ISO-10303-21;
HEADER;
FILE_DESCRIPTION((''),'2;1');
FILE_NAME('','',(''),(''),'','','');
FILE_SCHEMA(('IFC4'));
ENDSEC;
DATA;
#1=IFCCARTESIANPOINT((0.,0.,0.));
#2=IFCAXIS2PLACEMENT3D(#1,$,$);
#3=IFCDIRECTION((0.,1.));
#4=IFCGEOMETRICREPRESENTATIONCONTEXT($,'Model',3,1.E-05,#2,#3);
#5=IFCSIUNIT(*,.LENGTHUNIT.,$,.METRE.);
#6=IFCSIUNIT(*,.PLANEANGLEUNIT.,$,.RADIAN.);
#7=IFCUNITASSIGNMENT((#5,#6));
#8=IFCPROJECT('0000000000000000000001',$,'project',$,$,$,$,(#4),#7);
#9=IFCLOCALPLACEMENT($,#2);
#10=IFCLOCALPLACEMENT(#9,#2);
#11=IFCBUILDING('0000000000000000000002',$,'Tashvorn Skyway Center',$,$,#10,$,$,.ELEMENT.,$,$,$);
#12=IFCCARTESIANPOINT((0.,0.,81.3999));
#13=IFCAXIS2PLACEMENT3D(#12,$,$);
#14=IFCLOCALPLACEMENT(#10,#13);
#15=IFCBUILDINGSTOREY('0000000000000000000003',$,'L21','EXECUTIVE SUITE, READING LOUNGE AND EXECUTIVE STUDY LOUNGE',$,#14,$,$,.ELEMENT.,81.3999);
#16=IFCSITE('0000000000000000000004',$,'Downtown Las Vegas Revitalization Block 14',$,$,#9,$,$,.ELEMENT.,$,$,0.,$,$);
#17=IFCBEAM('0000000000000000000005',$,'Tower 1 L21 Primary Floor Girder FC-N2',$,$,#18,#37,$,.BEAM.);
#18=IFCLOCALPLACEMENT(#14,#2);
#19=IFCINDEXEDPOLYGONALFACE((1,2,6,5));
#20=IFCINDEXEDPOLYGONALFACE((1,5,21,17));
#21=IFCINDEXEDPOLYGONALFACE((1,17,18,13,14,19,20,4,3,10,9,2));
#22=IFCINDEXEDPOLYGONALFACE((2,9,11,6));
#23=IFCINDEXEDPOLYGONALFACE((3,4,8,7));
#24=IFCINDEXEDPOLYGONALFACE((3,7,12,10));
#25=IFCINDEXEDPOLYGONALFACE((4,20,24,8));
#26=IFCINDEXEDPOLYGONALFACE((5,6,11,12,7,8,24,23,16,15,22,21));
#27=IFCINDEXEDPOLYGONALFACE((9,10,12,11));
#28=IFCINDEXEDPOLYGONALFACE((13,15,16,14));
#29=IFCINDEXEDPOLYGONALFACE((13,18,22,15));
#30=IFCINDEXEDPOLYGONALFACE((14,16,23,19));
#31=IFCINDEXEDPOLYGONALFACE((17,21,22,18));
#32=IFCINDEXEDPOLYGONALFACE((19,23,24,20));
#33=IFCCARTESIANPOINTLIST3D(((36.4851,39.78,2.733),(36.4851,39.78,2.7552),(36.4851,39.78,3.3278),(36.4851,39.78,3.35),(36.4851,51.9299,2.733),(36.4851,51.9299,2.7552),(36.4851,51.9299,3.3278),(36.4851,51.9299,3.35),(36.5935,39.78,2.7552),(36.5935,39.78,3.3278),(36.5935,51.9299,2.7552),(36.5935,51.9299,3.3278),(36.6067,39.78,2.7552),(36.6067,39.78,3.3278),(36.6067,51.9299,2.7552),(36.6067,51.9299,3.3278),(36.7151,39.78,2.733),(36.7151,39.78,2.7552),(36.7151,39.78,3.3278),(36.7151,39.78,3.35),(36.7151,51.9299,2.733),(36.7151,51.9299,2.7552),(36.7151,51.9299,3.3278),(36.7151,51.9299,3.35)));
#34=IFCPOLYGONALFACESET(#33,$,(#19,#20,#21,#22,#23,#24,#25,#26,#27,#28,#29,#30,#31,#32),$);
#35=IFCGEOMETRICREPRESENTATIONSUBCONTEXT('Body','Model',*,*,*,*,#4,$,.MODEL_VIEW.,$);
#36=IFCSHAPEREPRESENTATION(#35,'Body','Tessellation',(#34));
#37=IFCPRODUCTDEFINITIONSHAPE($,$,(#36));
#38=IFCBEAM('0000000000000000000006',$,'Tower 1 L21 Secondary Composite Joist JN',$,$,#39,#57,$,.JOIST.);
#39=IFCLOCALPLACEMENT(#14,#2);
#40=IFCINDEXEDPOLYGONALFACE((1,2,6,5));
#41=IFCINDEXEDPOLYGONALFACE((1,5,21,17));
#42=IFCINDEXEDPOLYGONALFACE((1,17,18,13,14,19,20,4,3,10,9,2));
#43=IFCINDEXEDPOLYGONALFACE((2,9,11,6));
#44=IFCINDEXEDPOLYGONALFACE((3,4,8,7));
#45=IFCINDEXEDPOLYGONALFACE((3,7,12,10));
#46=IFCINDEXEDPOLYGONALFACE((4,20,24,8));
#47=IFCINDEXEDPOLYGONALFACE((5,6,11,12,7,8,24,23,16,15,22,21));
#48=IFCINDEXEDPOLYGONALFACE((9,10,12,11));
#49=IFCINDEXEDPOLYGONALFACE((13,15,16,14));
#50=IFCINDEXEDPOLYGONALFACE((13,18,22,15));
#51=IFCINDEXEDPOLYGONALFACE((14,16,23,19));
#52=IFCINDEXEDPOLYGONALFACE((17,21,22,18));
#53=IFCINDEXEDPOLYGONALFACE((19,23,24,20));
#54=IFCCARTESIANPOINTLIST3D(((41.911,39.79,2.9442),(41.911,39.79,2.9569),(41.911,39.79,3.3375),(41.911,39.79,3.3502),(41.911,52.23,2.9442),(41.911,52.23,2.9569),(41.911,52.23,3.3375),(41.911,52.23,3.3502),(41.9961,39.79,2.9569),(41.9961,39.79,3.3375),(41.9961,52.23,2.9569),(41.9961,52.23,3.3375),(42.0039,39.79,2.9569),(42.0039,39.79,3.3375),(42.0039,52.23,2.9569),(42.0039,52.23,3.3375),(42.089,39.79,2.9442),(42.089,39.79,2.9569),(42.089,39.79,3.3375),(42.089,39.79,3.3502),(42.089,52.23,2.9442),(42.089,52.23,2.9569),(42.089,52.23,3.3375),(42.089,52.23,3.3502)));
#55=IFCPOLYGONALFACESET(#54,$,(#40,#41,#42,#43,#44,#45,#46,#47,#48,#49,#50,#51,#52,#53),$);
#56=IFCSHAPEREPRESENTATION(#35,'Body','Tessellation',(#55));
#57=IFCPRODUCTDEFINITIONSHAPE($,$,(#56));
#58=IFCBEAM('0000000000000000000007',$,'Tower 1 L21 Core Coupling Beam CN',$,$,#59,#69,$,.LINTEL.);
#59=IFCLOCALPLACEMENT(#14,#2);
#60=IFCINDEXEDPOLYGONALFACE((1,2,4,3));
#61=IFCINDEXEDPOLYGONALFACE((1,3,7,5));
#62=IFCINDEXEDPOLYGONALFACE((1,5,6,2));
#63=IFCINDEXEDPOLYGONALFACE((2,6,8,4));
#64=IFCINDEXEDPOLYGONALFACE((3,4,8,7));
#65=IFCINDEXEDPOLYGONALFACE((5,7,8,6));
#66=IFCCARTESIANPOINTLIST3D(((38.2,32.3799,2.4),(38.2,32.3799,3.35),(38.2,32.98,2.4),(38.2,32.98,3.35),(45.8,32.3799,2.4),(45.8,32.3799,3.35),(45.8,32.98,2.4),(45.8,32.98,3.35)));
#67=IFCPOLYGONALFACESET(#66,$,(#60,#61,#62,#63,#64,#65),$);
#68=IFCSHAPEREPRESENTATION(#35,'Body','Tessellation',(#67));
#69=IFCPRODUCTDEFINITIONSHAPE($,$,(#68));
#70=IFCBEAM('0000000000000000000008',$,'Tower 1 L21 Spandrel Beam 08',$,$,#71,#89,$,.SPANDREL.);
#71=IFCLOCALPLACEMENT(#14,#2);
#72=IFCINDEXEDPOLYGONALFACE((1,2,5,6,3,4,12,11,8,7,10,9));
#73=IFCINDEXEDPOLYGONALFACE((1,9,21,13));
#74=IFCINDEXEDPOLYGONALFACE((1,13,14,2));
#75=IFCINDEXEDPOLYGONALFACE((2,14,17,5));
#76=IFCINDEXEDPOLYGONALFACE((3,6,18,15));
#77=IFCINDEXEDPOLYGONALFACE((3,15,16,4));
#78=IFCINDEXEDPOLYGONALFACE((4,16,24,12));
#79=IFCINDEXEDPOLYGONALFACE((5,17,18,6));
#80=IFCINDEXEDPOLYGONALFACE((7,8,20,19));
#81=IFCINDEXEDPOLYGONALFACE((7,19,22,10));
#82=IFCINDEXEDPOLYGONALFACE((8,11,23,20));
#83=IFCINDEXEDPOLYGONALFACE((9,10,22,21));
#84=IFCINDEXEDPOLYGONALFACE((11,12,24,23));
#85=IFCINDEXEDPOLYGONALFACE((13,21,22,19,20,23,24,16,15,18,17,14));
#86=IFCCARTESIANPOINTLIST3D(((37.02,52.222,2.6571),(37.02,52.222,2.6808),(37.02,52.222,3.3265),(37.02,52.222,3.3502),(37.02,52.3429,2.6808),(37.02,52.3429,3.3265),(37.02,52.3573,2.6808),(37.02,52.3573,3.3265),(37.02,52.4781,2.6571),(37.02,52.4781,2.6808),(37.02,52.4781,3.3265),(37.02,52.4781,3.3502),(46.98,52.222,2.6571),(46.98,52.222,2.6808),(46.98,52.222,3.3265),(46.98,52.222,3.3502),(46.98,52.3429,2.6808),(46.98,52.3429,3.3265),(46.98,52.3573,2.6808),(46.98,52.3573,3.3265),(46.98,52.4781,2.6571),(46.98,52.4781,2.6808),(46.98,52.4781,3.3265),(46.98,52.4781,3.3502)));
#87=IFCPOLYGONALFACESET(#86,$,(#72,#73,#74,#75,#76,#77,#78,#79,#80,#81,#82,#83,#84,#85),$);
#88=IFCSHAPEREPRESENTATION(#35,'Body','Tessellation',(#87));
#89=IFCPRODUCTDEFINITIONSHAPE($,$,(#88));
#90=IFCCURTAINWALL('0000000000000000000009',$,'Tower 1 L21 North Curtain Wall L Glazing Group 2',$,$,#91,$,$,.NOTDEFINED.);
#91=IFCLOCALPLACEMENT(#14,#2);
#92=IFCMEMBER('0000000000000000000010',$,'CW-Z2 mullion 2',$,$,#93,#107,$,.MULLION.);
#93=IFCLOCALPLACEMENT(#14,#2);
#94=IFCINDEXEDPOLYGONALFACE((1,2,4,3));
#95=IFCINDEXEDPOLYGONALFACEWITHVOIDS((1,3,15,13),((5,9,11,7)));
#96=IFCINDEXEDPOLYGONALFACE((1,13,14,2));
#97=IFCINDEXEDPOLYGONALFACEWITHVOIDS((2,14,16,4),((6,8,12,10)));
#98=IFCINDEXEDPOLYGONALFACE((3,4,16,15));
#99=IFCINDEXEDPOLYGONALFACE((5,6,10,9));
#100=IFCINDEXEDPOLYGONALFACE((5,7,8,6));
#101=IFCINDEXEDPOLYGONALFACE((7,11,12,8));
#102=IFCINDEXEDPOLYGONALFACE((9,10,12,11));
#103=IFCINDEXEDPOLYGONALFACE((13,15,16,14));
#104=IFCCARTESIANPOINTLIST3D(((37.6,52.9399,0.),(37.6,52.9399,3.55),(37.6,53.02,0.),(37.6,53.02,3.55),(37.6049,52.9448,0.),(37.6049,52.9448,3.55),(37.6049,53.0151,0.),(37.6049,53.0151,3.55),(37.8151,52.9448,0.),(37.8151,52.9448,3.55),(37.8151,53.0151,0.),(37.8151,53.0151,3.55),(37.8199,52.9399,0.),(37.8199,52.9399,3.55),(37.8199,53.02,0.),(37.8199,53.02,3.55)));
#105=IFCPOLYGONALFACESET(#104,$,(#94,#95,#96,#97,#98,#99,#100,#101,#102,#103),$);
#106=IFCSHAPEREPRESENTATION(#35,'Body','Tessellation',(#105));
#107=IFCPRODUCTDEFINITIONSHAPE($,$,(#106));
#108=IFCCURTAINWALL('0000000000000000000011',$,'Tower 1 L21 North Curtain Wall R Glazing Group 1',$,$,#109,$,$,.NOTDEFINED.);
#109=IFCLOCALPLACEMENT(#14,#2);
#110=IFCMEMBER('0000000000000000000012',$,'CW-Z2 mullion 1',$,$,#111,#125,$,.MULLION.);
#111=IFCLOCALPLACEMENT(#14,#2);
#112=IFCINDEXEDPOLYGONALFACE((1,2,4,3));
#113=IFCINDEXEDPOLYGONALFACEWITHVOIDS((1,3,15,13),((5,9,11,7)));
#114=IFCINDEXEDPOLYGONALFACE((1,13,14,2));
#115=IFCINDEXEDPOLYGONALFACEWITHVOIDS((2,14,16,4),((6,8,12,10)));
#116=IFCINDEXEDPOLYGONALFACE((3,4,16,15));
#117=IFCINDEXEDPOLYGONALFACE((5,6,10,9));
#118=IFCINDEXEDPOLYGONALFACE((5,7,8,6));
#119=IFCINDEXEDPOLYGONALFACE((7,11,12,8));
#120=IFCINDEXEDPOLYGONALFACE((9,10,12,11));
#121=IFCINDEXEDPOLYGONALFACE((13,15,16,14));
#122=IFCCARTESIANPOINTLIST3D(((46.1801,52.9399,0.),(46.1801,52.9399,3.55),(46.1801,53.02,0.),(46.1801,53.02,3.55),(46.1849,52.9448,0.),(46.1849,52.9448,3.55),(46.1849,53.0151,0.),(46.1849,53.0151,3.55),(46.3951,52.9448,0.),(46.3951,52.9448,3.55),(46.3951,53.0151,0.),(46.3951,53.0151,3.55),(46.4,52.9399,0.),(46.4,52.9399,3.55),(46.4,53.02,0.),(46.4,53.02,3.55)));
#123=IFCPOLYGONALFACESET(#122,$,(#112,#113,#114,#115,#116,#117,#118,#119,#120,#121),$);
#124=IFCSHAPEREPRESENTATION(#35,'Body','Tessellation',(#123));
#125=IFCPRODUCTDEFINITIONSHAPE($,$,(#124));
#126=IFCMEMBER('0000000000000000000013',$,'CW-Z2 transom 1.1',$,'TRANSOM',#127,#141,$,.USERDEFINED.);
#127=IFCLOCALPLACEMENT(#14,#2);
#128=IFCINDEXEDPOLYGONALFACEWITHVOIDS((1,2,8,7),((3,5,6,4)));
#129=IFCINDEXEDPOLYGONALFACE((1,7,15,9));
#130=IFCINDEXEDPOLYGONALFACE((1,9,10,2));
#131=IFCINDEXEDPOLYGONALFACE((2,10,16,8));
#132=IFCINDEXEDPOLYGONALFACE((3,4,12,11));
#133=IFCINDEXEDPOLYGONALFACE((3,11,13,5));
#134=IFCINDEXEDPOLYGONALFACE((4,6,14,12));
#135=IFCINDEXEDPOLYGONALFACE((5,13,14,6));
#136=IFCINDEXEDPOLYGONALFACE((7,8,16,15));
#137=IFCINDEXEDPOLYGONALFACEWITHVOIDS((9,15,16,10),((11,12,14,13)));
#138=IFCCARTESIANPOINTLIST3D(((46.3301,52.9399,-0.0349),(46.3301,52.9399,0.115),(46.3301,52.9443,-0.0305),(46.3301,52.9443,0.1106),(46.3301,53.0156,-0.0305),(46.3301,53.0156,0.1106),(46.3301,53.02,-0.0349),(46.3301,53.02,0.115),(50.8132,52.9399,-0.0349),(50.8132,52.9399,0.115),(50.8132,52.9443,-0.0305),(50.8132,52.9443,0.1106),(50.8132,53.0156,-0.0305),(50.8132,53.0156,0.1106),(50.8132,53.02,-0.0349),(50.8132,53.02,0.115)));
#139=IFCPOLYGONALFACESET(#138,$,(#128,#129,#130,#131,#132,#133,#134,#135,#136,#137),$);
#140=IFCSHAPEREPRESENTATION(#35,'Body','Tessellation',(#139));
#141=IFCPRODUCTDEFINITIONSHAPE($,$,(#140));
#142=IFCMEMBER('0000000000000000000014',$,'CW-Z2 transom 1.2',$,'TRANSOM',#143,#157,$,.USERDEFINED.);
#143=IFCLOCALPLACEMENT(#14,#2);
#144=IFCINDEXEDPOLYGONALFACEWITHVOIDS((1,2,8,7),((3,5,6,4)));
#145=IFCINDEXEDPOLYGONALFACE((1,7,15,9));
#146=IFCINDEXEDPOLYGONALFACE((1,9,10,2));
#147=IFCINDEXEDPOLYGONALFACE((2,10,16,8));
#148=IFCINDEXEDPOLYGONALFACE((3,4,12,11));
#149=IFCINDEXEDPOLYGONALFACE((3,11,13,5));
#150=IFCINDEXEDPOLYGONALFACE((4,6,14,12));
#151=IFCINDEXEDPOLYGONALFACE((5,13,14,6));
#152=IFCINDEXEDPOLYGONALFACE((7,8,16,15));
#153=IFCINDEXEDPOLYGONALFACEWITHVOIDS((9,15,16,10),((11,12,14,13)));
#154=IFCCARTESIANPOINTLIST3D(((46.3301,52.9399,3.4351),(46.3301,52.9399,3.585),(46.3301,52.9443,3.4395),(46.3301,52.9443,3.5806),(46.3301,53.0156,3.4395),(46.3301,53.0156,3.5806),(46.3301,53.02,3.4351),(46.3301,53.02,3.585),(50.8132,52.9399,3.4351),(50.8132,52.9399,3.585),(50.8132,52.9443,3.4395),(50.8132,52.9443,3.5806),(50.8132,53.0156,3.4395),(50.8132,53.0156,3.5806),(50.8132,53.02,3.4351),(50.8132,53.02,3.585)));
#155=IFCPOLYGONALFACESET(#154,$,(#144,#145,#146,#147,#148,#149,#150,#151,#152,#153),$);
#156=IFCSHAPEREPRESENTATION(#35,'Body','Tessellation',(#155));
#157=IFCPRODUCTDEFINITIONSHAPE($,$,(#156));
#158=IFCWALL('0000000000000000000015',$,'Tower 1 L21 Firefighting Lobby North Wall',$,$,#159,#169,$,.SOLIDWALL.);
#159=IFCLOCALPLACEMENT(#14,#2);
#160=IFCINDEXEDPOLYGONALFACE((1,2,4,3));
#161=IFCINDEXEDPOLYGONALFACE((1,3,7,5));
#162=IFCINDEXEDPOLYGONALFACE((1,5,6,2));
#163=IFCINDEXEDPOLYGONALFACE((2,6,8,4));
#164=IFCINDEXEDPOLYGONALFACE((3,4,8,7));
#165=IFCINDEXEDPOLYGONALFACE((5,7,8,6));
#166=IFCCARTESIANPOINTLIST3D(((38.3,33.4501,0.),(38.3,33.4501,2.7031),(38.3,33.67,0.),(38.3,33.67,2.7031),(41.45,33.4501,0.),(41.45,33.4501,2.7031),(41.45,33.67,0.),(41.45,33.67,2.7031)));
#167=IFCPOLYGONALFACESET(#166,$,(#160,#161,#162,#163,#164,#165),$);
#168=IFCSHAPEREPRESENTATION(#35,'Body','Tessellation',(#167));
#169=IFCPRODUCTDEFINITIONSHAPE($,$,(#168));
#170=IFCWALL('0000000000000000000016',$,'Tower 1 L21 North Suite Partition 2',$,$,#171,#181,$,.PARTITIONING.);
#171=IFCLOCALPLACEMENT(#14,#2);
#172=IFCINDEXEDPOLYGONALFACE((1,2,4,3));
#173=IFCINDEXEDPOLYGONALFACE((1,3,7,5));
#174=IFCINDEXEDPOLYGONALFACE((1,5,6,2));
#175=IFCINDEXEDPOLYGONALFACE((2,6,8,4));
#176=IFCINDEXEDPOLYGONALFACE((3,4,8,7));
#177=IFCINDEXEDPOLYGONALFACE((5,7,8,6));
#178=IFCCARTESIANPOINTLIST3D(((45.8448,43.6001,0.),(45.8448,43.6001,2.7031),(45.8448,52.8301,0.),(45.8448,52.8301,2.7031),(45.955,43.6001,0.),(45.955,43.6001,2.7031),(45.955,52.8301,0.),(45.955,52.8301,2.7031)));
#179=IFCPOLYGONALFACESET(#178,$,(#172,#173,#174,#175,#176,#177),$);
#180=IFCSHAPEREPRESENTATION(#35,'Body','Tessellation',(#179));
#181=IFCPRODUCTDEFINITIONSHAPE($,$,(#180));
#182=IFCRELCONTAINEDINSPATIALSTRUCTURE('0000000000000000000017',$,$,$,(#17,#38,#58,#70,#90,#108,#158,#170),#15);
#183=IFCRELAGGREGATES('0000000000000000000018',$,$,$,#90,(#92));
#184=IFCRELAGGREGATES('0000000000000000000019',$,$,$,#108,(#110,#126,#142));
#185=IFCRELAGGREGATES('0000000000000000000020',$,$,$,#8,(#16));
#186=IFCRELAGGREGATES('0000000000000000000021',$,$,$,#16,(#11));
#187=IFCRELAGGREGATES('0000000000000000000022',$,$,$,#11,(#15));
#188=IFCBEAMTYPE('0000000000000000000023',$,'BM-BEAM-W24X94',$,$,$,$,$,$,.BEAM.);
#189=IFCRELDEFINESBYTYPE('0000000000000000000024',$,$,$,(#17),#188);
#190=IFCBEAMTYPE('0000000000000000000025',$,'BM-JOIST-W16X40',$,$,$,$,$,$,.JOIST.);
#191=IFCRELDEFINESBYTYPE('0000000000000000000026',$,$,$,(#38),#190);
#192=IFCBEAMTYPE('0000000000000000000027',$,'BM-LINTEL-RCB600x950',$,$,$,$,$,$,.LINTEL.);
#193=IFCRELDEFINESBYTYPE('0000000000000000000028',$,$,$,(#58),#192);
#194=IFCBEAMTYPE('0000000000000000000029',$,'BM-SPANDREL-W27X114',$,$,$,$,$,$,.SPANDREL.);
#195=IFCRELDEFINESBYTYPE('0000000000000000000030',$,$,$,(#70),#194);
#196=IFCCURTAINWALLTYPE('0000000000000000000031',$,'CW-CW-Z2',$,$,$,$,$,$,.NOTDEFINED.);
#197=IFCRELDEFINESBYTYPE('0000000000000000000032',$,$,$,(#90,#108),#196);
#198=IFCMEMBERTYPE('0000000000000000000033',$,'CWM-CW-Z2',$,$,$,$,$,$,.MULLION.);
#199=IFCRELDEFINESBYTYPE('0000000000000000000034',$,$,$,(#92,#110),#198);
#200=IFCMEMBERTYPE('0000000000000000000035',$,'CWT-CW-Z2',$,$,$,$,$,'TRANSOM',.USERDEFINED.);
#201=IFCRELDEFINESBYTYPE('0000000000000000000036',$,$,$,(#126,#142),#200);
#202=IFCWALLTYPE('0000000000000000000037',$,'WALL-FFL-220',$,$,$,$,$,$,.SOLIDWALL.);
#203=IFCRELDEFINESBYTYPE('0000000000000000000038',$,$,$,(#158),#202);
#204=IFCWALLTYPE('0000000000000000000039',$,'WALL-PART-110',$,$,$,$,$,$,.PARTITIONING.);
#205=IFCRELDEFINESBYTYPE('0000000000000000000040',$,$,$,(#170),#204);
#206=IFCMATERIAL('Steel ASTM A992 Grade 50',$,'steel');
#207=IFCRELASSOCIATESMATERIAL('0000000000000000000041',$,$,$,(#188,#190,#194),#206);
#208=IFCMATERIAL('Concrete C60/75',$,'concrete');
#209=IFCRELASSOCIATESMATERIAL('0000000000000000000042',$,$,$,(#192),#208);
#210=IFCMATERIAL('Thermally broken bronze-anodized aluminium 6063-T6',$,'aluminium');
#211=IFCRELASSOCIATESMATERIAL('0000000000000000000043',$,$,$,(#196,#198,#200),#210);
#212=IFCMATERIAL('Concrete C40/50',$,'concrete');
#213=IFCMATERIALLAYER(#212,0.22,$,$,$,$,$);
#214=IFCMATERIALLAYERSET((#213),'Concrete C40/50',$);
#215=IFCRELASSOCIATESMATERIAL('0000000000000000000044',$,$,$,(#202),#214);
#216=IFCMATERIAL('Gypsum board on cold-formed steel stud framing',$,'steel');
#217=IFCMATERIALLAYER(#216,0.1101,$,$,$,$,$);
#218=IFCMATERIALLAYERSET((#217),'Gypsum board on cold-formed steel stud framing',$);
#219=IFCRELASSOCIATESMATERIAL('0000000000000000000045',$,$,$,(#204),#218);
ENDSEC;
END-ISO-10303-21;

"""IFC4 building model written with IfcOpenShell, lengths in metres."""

from ifc_helpers import new_model, si_unit, direction, frame, frame_2d, origin, origin_2d, place, context, subcontext, project, spatial, rectangle, hollow_rectangle, i_section, extrude, material, layer, layer_set, material_profile, profile_set, type_object, element, aggregate, save


model = new_model("IFC4")

# Units and contexts
model_context = context("Model", 3, precision=1e-05, world=origin(), true_north=direction((0.0, 1.0)))
body_context = subcontext(model_context, "Body", "Model", "MODEL_VIEW")
ifc_project = project(units=[si_unit("LENGTHUNIT", "METRE"), si_unit("PLANEANGLEUNIT", "RADIAN")], contexts=[model_context])

# Site, building, storey
site_placement = place(None, origin())
site = spatial("IfcSite", under=ifc_project, at=site_placement, Name="Downtown Las Vegas Revitalization Block 14", CompositionType="ELEMENT", RefElevation=0.0)
building_placement = place(site_placement, origin())
building = spatial("IfcBuilding", under=site, at=building_placement, Name="Tashvorn Skyway Center", CompositionType="ELEMENT")
storey_placement = place(building_placement, frame((0.0, 0.0, 81.3999)))
storey = spatial("IfcBuildingStorey", under=building, at=storey_placement, Name="L21", Description="EXECUTIVE SUITE, READING LOUNGE AND EXECUTIVE STUDY LOUNGE", CompositionType="ELEMENT", Elevation=81.3999)

# Beams
ifc_material_1 = material(Name="Steel ASTM A992 Grade 50", Category="steel")
ifc_material_profile_1 = material_profile(ifc_material_1, i_section(OverallWidth=0.23, OverallDepth=0.6169, WebThickness=0.0132, FlangeThickness=0.0222, at=origin_2d()), Name="W24X94")
ifc_profile_set_1 = profile_set([ifc_material_profile_1], Name="Steel ASTM A992 Grade 50")
beam_type_1 = type_object("IfcBeamType", Name="BM-BEAM-W24X94", PredefinedType="BEAM", material=ifc_profile_set_1)
beam_1_placement = place(storey_placement, frame((36.6001, 51.9299, 3.0415), z_axis=(0.0, -1.0, 0.0), x_axis=(1.0, 0.0, 0.0)))
element("IfcBeam", 1, at=beam_1_placement, inside=storey, type_object=beam_type_1, Name="Tower 1 L21 Primary Floor Girder FC-N2", PredefinedType="BEAM", context=body_context, shape_type="SweptSolid", body=[
    extrude(i_section(OverallWidth=0.23, OverallDepth=0.6169, WebThickness=0.0132, FlangeThickness=0.0222, at=origin_2d()), origin(), (0.0, 0.0, 1.0), 12.1499),
])
ifc_material_profile_2 = material_profile(ifc_material_1, i_section(OverallWidth=0.178, OverallDepth=0.406, WebThickness=0.0078, FlangeThickness=0.0127, at=origin_2d()), Name="W16X40")
ifc_profile_set_2 = profile_set([ifc_material_profile_2], Name="Steel ASTM A992 Grade 50")
beam_type_2 = type_object("IfcBeamType", Name="BM-JOIST-W16X40", PredefinedType="JOIST", material=ifc_profile_set_2)
beam_2_placement = place(storey_placement, frame((42.0, 39.79, 3.1472), z_axis=(0.0, 1.0, 0.0), x_axis=(-1.0, 0.0, 0.0)))
element("IfcBeam", 2, at=beam_2_placement, inside=storey, type_object=beam_type_2, Name="Tower 1 L21 Secondary Composite Joist JN", PredefinedType="JOIST", context=body_context, shape_type="SweptSolid", body=[
    extrude(i_section(OverallWidth=0.178, OverallDepth=0.406, WebThickness=0.0078, FlangeThickness=0.0127, at=origin_2d()), origin(), (0.0, 0.0, 1.0), 12.4399),
])
ifc_material_2 = material(Name="Concrete C60/75", Category="concrete")
ifc_material_profile_3 = material_profile(ifc_material_2, rectangle(XDim=0.6001, YDim=0.95, at=origin_2d()), Name="RCB600x950")
ifc_profile_set_3 = profile_set([ifc_material_profile_3], Name="Concrete C60/75")
beam_type_3 = type_object("IfcBeamType", Name="BM-LINTEL-RCB600x950", PredefinedType="LINTEL", material=ifc_profile_set_3)
beam_3_placement = place(storey_placement, frame((38.2, 32.6799, 2.875), z_axis=(1.0, 0.0, 0.0), x_axis=(0.0, 1.0, 0.0)))
element("IfcBeam", 3, at=beam_3_placement, inside=storey, type_object=beam_type_3, Name="Tower 1 L21 Core Coupling Beam CN", PredefinedType="LINTEL", context=body_context, shape_type="SweptSolid", body=[
    extrude(rectangle(XDim=0.6001, YDim=0.95, at=origin_2d()), origin(), (0.0, 0.0, 1.0), 7.6001),
])
ifc_material_profile_4 = material_profile(ifc_material_1, i_section(OverallWidth=0.2561, OverallDepth=0.6931, WebThickness=0.0144, FlangeThickness=0.0237, at=origin_2d()), Name="W27X114")
ifc_profile_set_4 = profile_set([ifc_material_profile_4], Name="Steel ASTM A992 Grade 50")
beam_type_4 = type_object("IfcBeamType", Name="BM-SPANDREL-W27X114", PredefinedType="SPANDREL", material=ifc_profile_set_4)
beam_4_placement = place(storey_placement, frame((46.98, 52.3501, 3.0037), z_axis=(-1.0, 0.0, 0.0), x_axis=(0.0, -1.0, 0.0)))
element("IfcBeam", 4, at=beam_4_placement, inside=storey, type_object=beam_type_4, Name="Tower 1 L21 Spandrel Beam 08", PredefinedType="SPANDREL", context=body_context, shape_type="SweptSolid", body=[
    extrude(i_section(OverallWidth=0.2561, OverallDepth=0.6931, WebThickness=0.0144, FlangeThickness=0.0237, at=origin_2d()), origin(), (0.0, 0.0, 1.0), 9.96),
])

# Curtain wall, member
ifc_material_3 = material(Name="Thermally broken bronze-anodized aluminium 6063-T6", Category="aluminium")
curtain_wall_type = type_object("IfcCurtainWallType", Name="CW-CW-Z2", PredefinedType="NOTDEFINED", material=ifc_material_3)
curtain_wall_1_placement = place(storey_placement, origin())
curtain_wall_1 = element("IfcCurtainWall", 5, at=curtain_wall_1_placement, inside=storey, type_object=curtain_wall_type, Name="Tower 1 L21 North Curtain Wall L Glazing Group 2", PredefinedType="NOTDEFINED")
ifc_material_profile_5 = material_profile(ifc_material_3, hollow_rectangle(XDim=0.0801, YDim=0.22, WallThickness=0.0049, at=origin_2d()), Name="ALU-MULL-80x220")
ifc_profile_set_5 = profile_set([ifc_material_profile_5], Name="Thermally broken bronze-anodized aluminium 6063-T6")
member_type_1 = type_object("IfcMemberType", Name="CWM-CW-Z2", PredefinedType="MULLION", material=ifc_profile_set_5)
member_1_placement = place(storey_placement, frame((37.71, 52.98, 0.0), z_axis=(0.0, 0.0, 1.0), x_axis=(0.0, 1.0, 0.0)))
member_1 = element("IfcMember", 6, at=member_1_placement, type_object=member_type_1, Name="CW-Z2 mullion 2", PredefinedType="MULLION", context=body_context, shape_type="SweptSolid", body=[
    extrude(hollow_rectangle(XDim=0.0801, YDim=0.22, WallThickness=0.0049, at=origin_2d()), origin(), (0.0, 0.0, 1.0), 3.55),
])
aggregate(curtain_wall_1, [member_1])

# Curtain wall, members
curtain_wall_2_placement = place(storey_placement, origin())
curtain_wall_2 = element("IfcCurtainWall", 7, at=curtain_wall_2_placement, inside=storey, type_object=curtain_wall_type, Name="Tower 1 L21 North Curtain Wall R Glazing Group 1", PredefinedType="NOTDEFINED")
member_2_placement = place(storey_placement, frame((46.29, 52.98, 0.0), z_axis=(0.0, 0.0, 1.0), x_axis=(0.0, 1.0, 0.0)))
member_2 = element("IfcMember", 8, at=member_2_placement, type_object=member_type_1, Name="CW-Z2 mullion 1", PredefinedType="MULLION", context=body_context, shape_type="SweptSolid", body=[
    extrude(hollow_rectangle(XDim=0.0801, YDim=0.22, WallThickness=0.0049, at=origin_2d()), origin(), (0.0, 0.0, 1.0), 3.55),
])
ifc_material_profile_6 = material_profile(ifc_material_3, hollow_rectangle(XDim=0.0801, YDim=0.1499, WallThickness=0.0044, at=origin_2d()), Name="ALU-TRAN-80x150")
ifc_profile_set_6 = profile_set([ifc_material_profile_6], Name="Thermally broken bronze-anodized aluminium 6063-T6")
member_type_2 = type_object("IfcMemberType", Name="CWT-CW-Z2", ElementType="TRANSOM", PredefinedType="USERDEFINED", material=ifc_profile_set_6)
member_3_placement = place(storey_placement, frame((46.3301, 52.98, 0.04), z_axis=(1.0, 0.0, 0.0), x_axis=(0.0, 1.0, 0.0)))
member_3 = element("IfcMember", 9, at=member_3_placement, type_object=member_type_2, Name="CW-Z2 transom 1.1", ObjectType="TRANSOM", PredefinedType="USERDEFINED", context=body_context, shape_type="SweptSolid", body=[
    extrude(hollow_rectangle(XDim=0.0801, YDim=0.1499, WallThickness=0.0044, at=origin_2d()), origin(), (0.0, 0.0, 1.0), 4.4832),
])
member_4_placement = place(storey_placement, frame((46.3301, 52.98, 3.51), z_axis=(1.0, 0.0, 0.0), x_axis=(0.0, 1.0, 0.0)))
member_4 = element("IfcMember", 10, at=member_4_placement, type_object=member_type_2, Name="CW-Z2 transom 1.2", ObjectType="TRANSOM", PredefinedType="USERDEFINED", context=body_context, shape_type="SweptSolid", body=[
    extrude(hollow_rectangle(XDim=0.0801, YDim=0.1499, WallThickness=0.0044, at=origin_2d()), origin(), (0.0, 0.0, 1.0), 4.4832),
])
aggregate(curtain_wall_2, [member_2, member_3, member_4])

# Walls
ifc_material_4 = material(Name="Concrete C40/50", Category="concrete")
ifc_layer_1 = layer(ifc_material_4, 0.22)
ifc_layer_set_1 = layer_set([ifc_layer_1], Name="Concrete C40/50")
wall_type_1 = type_object("IfcWallType", Name="WALL-FFL-220", PredefinedType="SOLIDWALL", material=ifc_layer_set_1)
wall_1_placement = place(storey_placement, frame((38.3, 33.5601, 0.0), z_axis=(0.0, 0.0, 1.0), x_axis=(1.0, 0.0, 0.0)))
element("IfcWall", 11, at=wall_1_placement, inside=storey, type_object=wall_type_1, Name="Tower 1 L21 Firefighting Lobby North Wall", PredefinedType="SOLIDWALL", context=body_context, shape_type="SweptSolid", body=[
    extrude(rectangle(XDim=3.1499, YDim=0.22, at=frame_2d((1.575, 0.0))), origin(), (0.0, 0.0, 1.0), 2.7031),
])
ifc_material_5 = material(Name="Gypsum board on cold-formed steel stud framing", Category="steel")
ifc_layer_2 = layer(ifc_material_5, 0.1101)
ifc_layer_set_2 = layer_set([ifc_layer_2], Name="Gypsum board on cold-formed steel stud framing")
wall_type_2 = type_object("IfcWallType", Name="WALL-PART-110", PredefinedType="PARTITIONING", material=ifc_layer_set_2)
wall_2_placement = place(storey_placement, frame((45.8999, 43.6001, 0.0), z_axis=(0.0, 0.0, 1.0), x_axis=(0.0, 1.0, 0.0)))
element("IfcWall", 12, at=wall_2_placement, inside=storey, type_object=wall_type_2, Name="Tower 1 L21 North Suite Partition 2", PredefinedType="PARTITIONING", context=body_context, shape_type="SweptSolid", body=[
    extrude(rectangle(XDim=9.23, YDim=0.1101, at=frame_2d((4.615, 0.0))), origin(), (0.0, 0.0, 1.0), 2.7031),
])

save(model, "model.ifc")
